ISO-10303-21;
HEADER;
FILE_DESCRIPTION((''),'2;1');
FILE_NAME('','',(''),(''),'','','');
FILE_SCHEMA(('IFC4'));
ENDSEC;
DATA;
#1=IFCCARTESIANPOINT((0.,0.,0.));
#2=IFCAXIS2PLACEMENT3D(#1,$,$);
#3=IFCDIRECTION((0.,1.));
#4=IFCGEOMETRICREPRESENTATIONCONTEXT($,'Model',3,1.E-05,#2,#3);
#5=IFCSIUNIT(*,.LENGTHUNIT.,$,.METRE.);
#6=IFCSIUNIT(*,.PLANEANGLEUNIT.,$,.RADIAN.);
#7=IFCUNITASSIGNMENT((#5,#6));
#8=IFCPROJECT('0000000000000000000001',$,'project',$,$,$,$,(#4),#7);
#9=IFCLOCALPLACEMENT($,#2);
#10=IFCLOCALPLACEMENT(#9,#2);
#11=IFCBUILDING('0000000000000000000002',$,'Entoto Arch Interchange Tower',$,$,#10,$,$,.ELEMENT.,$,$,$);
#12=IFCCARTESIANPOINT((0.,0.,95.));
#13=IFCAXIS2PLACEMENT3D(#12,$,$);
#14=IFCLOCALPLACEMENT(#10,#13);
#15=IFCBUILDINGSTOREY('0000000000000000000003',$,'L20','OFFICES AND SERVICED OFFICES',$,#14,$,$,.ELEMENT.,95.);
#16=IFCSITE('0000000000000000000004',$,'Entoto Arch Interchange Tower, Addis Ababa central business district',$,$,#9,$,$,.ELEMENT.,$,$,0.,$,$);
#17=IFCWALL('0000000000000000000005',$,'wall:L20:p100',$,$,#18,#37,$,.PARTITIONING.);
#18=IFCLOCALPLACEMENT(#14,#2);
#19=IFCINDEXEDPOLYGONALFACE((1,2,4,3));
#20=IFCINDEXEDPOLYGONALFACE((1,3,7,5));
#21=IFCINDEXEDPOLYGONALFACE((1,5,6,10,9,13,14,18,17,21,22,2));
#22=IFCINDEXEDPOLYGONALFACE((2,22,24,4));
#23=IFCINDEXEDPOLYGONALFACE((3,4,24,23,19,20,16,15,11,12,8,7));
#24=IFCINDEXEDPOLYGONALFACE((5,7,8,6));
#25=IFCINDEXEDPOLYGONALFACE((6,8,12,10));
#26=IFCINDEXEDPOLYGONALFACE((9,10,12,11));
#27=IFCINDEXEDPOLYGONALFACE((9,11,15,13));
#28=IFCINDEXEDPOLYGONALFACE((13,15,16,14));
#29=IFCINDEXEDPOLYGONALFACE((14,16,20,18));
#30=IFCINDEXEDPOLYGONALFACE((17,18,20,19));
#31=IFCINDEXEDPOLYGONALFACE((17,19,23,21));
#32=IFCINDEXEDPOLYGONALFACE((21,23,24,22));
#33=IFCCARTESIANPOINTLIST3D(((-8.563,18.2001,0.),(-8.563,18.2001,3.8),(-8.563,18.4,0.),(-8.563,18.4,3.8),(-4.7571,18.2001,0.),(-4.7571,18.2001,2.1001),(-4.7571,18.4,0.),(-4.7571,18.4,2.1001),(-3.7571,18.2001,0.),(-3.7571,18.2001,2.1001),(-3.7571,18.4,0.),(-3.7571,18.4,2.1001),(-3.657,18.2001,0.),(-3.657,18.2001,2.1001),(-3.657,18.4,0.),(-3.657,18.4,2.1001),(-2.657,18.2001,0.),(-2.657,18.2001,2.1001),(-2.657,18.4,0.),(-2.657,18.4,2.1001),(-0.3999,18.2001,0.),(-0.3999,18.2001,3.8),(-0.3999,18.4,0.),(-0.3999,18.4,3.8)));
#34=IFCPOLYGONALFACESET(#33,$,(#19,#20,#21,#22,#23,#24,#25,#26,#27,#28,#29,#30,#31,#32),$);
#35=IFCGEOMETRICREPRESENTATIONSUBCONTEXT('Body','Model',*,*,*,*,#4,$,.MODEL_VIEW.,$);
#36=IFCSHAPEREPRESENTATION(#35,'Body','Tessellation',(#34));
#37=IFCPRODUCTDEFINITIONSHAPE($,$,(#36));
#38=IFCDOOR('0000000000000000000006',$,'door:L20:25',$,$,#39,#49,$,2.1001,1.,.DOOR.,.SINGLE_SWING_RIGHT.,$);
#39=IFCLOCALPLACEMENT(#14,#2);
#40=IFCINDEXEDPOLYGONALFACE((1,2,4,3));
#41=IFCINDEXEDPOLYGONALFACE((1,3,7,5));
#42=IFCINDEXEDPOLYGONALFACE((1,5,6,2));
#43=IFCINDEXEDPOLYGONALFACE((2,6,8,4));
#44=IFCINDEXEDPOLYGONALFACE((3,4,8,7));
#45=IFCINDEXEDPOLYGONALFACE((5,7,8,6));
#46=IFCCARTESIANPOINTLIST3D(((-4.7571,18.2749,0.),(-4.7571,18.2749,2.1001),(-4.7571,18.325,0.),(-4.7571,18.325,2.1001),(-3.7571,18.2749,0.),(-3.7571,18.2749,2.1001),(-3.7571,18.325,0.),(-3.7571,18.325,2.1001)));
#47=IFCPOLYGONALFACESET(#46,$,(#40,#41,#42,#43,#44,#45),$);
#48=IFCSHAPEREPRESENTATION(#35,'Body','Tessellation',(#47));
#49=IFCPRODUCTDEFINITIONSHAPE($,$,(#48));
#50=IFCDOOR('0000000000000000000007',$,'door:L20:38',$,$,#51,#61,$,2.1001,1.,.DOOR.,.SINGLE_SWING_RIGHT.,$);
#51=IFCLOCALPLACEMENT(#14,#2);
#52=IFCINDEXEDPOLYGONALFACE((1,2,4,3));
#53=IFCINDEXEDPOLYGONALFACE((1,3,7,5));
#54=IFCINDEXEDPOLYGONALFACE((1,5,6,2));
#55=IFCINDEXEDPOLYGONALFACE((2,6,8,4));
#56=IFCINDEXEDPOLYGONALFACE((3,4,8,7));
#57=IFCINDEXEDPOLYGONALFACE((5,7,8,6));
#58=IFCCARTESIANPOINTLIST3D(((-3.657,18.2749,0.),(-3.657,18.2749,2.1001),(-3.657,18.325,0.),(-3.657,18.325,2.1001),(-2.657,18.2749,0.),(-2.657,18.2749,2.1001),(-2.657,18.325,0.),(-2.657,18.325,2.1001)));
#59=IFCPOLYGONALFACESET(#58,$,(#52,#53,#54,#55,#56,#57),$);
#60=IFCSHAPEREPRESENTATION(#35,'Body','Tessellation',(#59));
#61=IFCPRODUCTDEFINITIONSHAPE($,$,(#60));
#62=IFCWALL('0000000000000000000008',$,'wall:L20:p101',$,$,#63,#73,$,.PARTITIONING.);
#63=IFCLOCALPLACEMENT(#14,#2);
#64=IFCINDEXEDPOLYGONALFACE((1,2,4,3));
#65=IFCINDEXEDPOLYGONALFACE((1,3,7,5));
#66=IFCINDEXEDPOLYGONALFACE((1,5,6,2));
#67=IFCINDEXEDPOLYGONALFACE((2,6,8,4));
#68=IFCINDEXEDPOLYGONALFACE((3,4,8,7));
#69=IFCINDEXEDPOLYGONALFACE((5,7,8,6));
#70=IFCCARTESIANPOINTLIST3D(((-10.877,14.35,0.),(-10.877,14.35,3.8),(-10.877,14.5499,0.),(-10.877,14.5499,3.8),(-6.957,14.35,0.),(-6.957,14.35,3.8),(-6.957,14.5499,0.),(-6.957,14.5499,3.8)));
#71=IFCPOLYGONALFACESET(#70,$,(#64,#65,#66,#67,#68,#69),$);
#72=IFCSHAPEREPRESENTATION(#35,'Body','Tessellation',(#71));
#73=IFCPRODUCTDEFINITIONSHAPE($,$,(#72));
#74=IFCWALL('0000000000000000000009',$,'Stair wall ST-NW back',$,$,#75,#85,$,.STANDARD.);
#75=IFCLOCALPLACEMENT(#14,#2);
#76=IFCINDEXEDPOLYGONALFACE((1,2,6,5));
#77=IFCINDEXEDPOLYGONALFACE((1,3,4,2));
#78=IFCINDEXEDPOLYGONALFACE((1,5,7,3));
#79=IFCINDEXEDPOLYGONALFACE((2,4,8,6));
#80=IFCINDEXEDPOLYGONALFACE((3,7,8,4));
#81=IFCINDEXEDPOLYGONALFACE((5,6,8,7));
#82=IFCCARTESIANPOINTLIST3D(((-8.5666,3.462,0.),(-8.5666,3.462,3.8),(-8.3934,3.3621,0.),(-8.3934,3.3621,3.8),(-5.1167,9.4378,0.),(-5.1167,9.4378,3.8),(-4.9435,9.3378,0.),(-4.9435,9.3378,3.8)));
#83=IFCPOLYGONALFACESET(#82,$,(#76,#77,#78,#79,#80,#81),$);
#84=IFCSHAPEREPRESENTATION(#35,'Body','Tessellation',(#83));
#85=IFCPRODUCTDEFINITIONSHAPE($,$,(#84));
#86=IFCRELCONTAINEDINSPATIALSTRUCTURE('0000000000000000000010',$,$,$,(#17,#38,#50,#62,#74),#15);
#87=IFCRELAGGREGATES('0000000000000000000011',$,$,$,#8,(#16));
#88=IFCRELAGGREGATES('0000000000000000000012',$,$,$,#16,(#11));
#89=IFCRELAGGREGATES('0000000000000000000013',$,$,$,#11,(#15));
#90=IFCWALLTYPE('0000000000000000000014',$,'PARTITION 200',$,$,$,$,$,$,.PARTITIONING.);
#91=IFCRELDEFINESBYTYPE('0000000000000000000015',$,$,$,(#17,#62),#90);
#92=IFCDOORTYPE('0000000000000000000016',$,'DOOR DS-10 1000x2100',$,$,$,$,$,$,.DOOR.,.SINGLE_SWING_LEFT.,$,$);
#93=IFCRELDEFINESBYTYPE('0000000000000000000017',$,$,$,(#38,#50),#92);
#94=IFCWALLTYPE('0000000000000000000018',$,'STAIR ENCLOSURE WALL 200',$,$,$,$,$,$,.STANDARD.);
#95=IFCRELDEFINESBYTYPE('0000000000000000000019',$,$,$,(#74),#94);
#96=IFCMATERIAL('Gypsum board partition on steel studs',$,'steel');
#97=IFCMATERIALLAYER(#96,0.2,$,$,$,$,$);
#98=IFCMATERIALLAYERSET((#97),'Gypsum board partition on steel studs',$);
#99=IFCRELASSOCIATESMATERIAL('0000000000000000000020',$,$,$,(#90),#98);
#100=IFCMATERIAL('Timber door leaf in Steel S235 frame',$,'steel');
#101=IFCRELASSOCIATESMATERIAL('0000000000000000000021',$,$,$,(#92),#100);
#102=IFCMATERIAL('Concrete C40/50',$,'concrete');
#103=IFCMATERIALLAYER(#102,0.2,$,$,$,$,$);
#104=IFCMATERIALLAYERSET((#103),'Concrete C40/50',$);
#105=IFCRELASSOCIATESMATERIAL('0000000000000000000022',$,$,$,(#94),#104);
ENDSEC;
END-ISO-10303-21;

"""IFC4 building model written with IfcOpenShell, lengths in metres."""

from ifc_helpers import new_model, si_unit, direction, frame, frame_2d, origin, place, context, subcontext, project, spatial, rectangle, extrude, material, layer, layer_set, type_object, element, fill, save


model = new_model("IFC4")

# Units and contexts
model_context = context("Model", 3, precision=1e-05, world=origin(), true_north=direction((0.0, 1.0)))
body_context = subcontext(model_context, "Body", "Model", "MODEL_VIEW")
ifc_project = project(units=[si_unit("LENGTHUNIT", "METRE"), si_unit("PLANEANGLEUNIT", "RADIAN")], contexts=[model_context])

# Site, building, storey
site_placement = place(None, origin())
site = spatial("IfcSite", under=ifc_project, at=site_placement, Name="Entoto Arch Interchange Tower, Addis Ababa central business district", CompositionType="ELEMENT", RefElevation=0.0)
building_placement = place(site_placement, origin())
building = spatial("IfcBuilding", under=site, at=building_placement, Name="Entoto Arch Interchange Tower", CompositionType="ELEMENT")
storey_placement = place(building_placement, frame((0.0, 0.0, 95.0)))
storey = spatial("IfcBuildingStorey", under=building, at=storey_placement, Name="L20", Description="OFFICES AND SERVICED OFFICES", CompositionType="ELEMENT", Elevation=95.0)

# Shared definitions
ifc_material_1 = material(Name="Concrete C40/50", Category="concrete")

# Shared definitions
ifc_material_2 = material(Name="Gypsum board partition on steel studs", Category="steel")
ifc_layer_1 = layer(ifc_material_2, 0.2)
ifc_layer_set_1 = layer_set([ifc_layer_1], Name="Gypsum board partition on steel studs")
wall_type_1 = type_object("IfcWallType", Name="PARTITION 200", PredefinedType="PARTITIONING", material=ifc_layer_set_1)

# Shared definitions
ifc_material_3 = material(Name="Timber door leaf in Steel S235 frame", Category="steel")
door_type_1 = type_object("IfcDoorType", Name="DOOR DS-10 1000x2100", OperationType="SINGLE_SWING_LEFT", PredefinedType="DOOR", material=ifc_material_3)

# Wall, openings, doors
wall_1_placement = place(storey_placement, frame((-8.563, 18.3, 0.0), z_axis=(0.0, 0.0, 1.0), x_axis=(1.0, 0.0, 0.0)))
wall_1 = element("IfcWall", 1, at=wall_1_placement, inside=storey, type_object=wall_type_1, Name="wall:L20:p100", PredefinedType="PARTITIONING", context=body_context, shape_type="SweptSolid", body=[
    extrude(rectangle(XDim=8.1631, YDim=0.2, at=frame_2d((4.0815, 0.0))), origin(), (0.0, 0.0, 1.0), 3.8),
])
opening_1_placement = place(wall_1_placement, frame((3.8059, 0.0, 0.0)))
opening_1 = element("IfcOpeningElement", 2, at=opening_1_placement, cuts=wall_1, PredefinedType="OPENING", context=body_context, shape_type="SweptSolid", body=[
    extrude(rectangle(XDim=1.0, YDim=2.1001, at=frame_2d((0.5, 1.05))), frame((0.0, 0.1099, 0.0), z_axis=(0.0, -1.0, 0.0), x_axis=(1.0, 0.0, 0.0)), (0.0, 0.0, 1.0), 0.22),
])
opening_2_placement = place(wall_1_placement, frame((4.906, 0.0, 0.0)))
opening_2 = element("IfcOpeningElement", 3, at=opening_2_placement, cuts=wall_1, PredefinedType="OPENING", context=body_context, shape_type="SweptSolid", body=[
    extrude(rectangle(XDim=1.0, YDim=2.1001, at=frame_2d((0.5, 1.05))), frame((0.0, 0.1099, 0.0), z_axis=(0.0, -1.0, 0.0), x_axis=(1.0, 0.0, 0.0)), (0.0, 0.0, 1.0), 0.22),
])
door_1_placement = place(opening_1_placement, origin())
door_1 = element("IfcDoor", 4, at=door_1_placement, inside=storey, type_object=door_type_1, Name="door:L20:25", OperationType="SINGLE_SWING_RIGHT", OverallHeight=2.1001, OverallWidth=1.0, PredefinedType="DOOR", context=body_context, shape_type="SweptSolid", body=[
    extrude(rectangle(XDim=1.0, YDim=2.1001, at=frame_2d((0.5, 1.05))), frame((0.0, 0.0249, 0.0), z_axis=(0.0, -1.0, 0.0), x_axis=(1.0, 0.0, 0.0)), (0.0, 0.0, 1.0), 0.05),
])
fill(opening_1, door_1)
door_2_placement = place(opening_2_placement, origin())
door_2 = element("IfcDoor", 5, at=door_2_placement, inside=storey, type_object=door_type_1, Name="door:L20:38", OperationType="SINGLE_SWING_RIGHT", OverallHeight=2.1001, OverallWidth=1.0, PredefinedType="DOOR", context=body_context, shape_type="SweptSolid", body=[
    extrude(rectangle(XDim=1.0, YDim=2.1001, at=frame_2d((0.5, 1.05))), frame((0.0, 0.0249, 0.0), z_axis=(0.0, -1.0, 0.0), x_axis=(1.0, 0.0, 0.0)), (0.0, 0.0, 1.0), 0.05),
])
fill(opening_2, door_2)

# Walls
wall_2_placement = place(storey_placement, frame((-6.957, 14.45, 0.0), z_axis=(0.0, 0.0, 1.0), x_axis=(-1.0, 0.0, 0.0)))
element("IfcWall", 6, at=wall_2_placement, inside=storey, type_object=wall_type_1, Name="wall:L20:p101", PredefinedType="PARTITIONING", context=body_context, shape_type="SweptSolid", body=[
    extrude(rectangle(XDim=3.9199, YDim=0.2, at=frame_2d((1.96, 0.0))), origin(), (0.0, 0.0, 1.0), 3.8),
])
ifc_layer_2 = layer(ifc_material_1, 0.2)
ifc_layer_set_2 = layer_set([ifc_layer_2], Name="Concrete C40/50")
wall_type_2 = type_object("IfcWallType", Name="STAIR ENCLOSURE WALL 200", PredefinedType="STANDARD", material=ifc_layer_set_2)
wall_3_placement = place(storey_placement, frame((-5.03, 9.3879, 0.0), z_axis=(0.0, 0.0, 1.0), x_axis=(-0.499979, -0.866038, 0.0)))
element("IfcWall", 7, at=wall_3_placement, inside=storey, type_object=wall_type_2, Name="Stair wall ST-NW back", PredefinedType="STANDARD", context=body_context, shape_type="SweptSolid", body=[
    extrude(rectangle(XDim=6.9001, YDim=0.2, at=frame_2d((3.4502, 0.0))), origin(), (0.0, 0.0, 1.0), 3.8),
])

save(model, "model.ifc")
